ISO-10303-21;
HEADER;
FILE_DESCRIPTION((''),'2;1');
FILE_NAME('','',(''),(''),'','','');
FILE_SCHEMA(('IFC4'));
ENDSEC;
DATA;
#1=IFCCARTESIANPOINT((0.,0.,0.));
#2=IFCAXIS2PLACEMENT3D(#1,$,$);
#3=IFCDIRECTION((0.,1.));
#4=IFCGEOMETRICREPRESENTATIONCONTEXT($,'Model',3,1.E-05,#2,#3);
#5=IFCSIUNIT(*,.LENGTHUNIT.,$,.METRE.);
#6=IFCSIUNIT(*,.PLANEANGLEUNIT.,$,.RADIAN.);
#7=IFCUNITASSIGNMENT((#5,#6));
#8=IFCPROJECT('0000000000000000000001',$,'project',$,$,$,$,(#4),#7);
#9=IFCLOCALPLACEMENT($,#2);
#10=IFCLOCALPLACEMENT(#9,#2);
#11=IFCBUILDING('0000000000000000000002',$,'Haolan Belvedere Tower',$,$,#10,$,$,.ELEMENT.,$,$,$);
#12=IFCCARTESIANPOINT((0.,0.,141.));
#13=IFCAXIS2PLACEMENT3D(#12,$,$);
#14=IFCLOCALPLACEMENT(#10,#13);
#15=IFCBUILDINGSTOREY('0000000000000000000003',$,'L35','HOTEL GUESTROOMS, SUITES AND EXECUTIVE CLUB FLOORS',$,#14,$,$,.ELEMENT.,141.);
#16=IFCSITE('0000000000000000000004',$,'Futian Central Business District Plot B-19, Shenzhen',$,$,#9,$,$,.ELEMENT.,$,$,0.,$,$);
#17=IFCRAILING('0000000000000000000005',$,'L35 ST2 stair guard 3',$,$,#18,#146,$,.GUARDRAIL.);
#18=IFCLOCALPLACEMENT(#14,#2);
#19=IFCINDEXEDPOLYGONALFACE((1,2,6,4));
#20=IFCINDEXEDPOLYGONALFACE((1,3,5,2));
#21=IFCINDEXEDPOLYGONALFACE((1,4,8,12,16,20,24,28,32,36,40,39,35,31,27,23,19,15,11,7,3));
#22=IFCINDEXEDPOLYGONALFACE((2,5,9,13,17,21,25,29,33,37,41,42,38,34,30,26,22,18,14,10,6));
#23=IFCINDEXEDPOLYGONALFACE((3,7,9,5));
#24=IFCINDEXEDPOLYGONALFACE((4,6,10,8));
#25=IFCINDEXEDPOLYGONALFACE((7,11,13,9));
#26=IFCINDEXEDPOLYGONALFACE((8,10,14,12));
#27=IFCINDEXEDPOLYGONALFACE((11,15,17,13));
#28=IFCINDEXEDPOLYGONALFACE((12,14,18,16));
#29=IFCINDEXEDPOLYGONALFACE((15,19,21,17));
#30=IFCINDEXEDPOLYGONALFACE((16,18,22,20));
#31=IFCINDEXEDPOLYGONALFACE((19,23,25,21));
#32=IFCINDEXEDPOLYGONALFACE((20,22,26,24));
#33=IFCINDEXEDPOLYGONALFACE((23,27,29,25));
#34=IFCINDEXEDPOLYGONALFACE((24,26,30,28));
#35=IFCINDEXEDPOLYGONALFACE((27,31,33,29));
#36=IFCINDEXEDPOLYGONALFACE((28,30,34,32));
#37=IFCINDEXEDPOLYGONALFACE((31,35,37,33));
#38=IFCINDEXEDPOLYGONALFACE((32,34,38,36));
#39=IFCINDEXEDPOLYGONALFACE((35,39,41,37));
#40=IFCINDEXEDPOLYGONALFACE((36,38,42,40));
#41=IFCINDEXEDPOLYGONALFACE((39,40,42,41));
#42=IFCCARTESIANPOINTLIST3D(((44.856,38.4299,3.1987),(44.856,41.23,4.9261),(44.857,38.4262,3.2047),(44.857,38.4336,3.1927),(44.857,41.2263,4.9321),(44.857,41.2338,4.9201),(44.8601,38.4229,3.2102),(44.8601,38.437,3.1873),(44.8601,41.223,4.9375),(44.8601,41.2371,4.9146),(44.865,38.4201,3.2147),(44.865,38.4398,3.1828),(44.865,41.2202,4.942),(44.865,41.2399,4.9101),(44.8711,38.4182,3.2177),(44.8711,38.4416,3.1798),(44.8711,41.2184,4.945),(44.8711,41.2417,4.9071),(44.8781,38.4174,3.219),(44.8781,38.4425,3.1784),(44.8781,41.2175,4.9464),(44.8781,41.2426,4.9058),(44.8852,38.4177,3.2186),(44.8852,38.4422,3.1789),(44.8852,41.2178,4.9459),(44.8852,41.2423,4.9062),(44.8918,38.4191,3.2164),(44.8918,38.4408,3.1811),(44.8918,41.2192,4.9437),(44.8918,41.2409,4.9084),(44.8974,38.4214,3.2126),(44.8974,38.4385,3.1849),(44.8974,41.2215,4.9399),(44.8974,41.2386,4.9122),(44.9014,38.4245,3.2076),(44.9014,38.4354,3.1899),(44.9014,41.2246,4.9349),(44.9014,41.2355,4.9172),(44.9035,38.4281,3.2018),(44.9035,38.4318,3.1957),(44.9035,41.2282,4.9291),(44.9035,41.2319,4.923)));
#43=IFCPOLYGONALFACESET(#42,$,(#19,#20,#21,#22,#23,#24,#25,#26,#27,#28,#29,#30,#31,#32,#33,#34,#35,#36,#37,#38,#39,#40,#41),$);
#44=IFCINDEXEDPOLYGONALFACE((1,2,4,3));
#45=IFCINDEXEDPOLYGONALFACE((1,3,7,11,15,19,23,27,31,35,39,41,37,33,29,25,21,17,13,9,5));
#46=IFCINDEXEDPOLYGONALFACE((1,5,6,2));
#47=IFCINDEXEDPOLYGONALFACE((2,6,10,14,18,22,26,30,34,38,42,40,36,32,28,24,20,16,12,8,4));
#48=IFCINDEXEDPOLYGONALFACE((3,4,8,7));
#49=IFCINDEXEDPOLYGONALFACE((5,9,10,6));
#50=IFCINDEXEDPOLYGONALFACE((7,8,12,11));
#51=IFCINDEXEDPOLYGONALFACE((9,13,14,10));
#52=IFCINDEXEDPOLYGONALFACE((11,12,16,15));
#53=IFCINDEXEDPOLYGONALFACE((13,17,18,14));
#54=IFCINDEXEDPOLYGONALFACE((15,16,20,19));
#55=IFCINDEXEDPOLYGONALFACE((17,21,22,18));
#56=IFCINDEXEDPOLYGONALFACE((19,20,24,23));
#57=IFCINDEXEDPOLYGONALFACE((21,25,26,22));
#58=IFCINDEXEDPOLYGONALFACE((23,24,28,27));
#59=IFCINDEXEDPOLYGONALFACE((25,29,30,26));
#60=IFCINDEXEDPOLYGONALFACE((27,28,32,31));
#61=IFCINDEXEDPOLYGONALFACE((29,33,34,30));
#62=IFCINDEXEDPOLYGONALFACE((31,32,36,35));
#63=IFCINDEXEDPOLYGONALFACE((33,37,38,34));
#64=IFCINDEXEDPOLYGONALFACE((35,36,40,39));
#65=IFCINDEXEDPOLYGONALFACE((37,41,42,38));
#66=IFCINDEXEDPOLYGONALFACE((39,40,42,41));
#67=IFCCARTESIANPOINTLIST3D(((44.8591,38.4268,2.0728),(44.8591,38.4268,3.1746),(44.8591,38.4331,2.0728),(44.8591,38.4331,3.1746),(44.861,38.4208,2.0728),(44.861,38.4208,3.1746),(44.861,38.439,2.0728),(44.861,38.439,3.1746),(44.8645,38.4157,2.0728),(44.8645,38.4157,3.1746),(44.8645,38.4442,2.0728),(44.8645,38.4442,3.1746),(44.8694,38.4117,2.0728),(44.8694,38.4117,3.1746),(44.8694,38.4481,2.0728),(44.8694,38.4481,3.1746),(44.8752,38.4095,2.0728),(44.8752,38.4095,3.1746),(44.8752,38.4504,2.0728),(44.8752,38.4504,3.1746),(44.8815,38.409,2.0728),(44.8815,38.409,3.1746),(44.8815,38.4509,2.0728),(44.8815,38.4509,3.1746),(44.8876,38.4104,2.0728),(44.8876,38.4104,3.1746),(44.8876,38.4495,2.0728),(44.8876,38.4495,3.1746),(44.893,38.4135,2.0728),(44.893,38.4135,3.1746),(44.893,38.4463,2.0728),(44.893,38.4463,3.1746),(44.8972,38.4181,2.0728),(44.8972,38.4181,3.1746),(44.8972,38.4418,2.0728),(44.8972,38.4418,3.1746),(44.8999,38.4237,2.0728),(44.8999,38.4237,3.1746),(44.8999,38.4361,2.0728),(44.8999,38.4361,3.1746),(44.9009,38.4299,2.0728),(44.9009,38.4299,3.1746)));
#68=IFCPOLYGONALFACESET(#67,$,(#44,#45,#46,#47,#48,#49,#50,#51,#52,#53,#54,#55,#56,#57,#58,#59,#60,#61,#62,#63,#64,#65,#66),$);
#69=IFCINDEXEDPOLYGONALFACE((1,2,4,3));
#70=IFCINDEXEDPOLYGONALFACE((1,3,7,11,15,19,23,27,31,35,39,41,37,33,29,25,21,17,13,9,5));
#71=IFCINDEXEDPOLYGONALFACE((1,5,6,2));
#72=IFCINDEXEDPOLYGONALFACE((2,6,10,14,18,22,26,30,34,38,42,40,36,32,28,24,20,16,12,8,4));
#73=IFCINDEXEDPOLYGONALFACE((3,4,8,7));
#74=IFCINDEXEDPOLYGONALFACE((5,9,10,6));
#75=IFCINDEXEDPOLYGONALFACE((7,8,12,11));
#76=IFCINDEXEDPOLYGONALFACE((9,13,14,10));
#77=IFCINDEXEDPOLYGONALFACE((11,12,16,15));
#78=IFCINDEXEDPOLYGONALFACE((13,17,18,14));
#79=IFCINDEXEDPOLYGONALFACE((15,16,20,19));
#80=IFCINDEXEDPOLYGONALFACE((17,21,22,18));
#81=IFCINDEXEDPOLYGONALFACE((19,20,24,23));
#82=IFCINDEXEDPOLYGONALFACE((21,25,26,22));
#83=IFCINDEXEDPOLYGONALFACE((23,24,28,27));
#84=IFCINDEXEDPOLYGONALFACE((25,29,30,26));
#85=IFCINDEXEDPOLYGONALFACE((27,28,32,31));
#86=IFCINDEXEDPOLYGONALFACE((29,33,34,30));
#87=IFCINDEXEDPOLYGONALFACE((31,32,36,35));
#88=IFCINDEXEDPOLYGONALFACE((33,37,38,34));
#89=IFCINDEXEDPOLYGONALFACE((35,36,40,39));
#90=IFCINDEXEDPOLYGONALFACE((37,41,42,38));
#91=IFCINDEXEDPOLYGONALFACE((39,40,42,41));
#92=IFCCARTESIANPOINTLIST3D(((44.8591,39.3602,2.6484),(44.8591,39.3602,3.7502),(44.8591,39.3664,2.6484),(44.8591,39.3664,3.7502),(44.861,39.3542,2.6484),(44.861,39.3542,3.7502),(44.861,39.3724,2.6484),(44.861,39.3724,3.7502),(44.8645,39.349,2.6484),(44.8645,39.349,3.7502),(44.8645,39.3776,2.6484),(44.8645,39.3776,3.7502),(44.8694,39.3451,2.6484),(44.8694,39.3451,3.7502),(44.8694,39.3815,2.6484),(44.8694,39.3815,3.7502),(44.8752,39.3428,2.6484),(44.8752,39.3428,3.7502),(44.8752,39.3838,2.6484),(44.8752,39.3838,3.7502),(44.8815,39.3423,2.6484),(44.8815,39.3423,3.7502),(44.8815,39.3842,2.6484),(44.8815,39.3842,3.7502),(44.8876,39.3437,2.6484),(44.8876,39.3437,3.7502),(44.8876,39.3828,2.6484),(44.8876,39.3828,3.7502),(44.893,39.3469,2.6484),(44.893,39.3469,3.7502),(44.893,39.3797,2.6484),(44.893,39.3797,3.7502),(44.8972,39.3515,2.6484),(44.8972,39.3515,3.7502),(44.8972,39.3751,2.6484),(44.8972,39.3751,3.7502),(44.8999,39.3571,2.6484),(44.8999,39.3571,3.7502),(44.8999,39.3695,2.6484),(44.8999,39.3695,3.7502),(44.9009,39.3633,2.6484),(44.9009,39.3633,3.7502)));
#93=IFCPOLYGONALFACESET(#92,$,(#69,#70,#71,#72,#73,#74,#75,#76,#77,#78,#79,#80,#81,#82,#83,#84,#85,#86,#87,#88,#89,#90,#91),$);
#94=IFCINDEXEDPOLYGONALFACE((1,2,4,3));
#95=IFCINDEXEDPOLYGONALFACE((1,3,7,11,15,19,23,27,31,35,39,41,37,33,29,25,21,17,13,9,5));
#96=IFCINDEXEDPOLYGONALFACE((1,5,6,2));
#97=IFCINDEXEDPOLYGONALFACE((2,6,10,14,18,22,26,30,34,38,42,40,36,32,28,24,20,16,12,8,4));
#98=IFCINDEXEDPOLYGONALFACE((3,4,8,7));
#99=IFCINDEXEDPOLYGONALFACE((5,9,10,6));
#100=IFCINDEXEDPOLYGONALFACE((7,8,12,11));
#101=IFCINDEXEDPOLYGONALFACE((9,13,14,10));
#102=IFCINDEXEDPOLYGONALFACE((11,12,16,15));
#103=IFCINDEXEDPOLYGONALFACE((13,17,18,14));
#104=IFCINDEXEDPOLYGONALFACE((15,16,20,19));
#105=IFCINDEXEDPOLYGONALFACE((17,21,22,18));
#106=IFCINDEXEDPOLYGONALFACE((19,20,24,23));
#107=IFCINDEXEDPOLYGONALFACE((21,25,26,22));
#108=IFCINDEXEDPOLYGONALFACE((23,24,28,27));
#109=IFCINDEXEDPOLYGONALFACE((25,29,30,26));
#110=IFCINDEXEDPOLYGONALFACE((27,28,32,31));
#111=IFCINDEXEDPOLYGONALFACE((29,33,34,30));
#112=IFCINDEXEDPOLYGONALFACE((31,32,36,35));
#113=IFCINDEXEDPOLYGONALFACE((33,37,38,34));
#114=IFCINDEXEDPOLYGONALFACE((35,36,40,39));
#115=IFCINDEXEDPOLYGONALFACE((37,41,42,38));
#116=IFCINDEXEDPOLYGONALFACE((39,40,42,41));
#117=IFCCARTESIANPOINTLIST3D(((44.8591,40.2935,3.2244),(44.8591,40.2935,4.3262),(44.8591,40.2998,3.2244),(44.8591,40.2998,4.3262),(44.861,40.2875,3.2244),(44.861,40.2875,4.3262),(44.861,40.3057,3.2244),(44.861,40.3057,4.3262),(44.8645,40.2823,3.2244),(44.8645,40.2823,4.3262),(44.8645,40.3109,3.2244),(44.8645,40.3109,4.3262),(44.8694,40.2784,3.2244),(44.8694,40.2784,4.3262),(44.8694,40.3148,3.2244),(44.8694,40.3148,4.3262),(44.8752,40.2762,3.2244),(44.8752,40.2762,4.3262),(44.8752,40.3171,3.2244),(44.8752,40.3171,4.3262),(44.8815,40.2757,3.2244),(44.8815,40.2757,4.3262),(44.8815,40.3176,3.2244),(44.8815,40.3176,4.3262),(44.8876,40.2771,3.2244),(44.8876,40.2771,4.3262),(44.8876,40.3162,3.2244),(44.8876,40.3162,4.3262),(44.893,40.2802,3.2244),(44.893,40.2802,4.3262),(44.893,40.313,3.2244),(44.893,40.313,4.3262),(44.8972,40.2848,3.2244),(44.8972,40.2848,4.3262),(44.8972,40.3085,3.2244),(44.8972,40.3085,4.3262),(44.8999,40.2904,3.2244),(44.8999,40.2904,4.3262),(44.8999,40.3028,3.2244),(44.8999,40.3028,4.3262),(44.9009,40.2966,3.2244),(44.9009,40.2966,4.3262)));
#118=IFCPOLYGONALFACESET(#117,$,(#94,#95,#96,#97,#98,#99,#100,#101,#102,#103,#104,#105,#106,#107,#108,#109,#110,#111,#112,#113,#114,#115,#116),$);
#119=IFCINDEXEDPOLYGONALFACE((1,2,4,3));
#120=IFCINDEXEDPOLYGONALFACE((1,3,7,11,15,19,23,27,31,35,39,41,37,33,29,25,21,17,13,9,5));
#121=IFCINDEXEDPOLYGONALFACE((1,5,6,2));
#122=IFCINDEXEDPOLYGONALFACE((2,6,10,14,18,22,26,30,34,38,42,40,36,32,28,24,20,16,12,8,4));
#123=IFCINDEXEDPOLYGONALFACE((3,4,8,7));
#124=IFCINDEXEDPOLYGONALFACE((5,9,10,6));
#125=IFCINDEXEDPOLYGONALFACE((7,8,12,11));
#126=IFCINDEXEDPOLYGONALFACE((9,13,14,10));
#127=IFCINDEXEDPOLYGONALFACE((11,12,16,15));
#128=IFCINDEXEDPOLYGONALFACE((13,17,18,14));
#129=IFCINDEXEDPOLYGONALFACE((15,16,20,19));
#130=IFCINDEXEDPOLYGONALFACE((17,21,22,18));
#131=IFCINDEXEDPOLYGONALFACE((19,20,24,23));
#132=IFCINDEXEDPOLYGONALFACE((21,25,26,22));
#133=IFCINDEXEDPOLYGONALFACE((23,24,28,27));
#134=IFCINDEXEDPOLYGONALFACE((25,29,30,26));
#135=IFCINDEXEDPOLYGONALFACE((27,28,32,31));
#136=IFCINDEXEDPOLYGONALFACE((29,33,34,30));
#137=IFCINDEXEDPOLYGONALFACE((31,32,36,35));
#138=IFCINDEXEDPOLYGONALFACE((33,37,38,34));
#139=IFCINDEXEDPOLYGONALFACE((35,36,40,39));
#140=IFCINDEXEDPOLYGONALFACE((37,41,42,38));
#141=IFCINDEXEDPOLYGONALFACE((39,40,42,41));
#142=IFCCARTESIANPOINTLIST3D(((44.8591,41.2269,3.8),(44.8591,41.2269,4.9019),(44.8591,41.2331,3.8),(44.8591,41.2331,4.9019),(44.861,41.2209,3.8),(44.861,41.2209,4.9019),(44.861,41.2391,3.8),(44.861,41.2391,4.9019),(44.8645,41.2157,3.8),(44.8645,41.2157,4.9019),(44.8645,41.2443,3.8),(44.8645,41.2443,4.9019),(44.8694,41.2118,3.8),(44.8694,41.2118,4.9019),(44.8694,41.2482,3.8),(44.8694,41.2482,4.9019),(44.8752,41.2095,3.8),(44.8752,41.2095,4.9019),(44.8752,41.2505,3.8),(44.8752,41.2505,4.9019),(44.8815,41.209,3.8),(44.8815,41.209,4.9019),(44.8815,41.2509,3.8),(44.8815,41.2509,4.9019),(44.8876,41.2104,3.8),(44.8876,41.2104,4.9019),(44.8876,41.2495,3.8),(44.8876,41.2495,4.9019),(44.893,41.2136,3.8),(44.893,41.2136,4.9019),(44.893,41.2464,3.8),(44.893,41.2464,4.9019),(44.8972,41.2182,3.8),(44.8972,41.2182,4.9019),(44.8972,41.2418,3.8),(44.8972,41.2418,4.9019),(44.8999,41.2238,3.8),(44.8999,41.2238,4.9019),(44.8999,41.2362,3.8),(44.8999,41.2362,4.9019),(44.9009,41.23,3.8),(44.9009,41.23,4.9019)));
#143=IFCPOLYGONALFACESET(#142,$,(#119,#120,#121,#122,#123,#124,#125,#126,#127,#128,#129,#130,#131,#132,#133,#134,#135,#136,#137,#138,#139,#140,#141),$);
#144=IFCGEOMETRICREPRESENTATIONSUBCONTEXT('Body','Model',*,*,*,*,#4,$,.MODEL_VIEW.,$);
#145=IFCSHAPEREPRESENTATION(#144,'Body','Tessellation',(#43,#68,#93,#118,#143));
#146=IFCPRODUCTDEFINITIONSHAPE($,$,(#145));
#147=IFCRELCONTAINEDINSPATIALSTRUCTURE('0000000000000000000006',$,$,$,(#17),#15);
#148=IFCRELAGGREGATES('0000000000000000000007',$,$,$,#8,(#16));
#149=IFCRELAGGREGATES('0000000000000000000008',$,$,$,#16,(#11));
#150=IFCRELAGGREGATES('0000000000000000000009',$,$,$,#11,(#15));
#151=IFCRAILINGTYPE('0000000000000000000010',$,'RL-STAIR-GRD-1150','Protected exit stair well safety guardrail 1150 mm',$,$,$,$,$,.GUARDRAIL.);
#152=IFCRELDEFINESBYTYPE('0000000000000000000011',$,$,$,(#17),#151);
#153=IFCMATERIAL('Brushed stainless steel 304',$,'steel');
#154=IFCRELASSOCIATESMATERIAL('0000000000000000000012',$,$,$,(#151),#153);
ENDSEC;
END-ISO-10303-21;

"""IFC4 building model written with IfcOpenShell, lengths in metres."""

from ifc_helpers import new_model, si_unit, direction, frame, origin, origin_2d, place, context, subcontext, project, spatial, circle, extrude, material, type_object, element, save


model = new_model("IFC4")

# Units and contexts
model_context = context("Model", 3, precision=1e-05, world=origin(), true_north=direction((0.0, 1.0)))
body_context = subcontext(model_context, "Body", "Model", "MODEL_VIEW")
ifc_project = project(units=[si_unit("LENGTHUNIT", "METRE"), si_unit("PLANEANGLEUNIT", "RADIAN")], contexts=[model_context])

# Site, building, storey
site_placement = place(None, origin())
site = spatial("IfcSite", under=ifc_project, at=site_placement, Name="Futian Central Business District Plot B-19, Shenzhen", CompositionType="ELEMENT", RefElevation=0.0)
building_placement = place(site_placement, origin())
building = spatial("IfcBuilding", under=site, at=building_placement, Name="Haolan Belvedere Tower", CompositionType="ELEMENT")
storey_placement = place(building_placement, frame((0.0, 0.0, 141.0)))
storey = spatial("IfcBuildingStorey", under=building, at=storey_placement, Name="L35", Description="HOTEL GUESTROOMS, SUITES AND EXECUTIVE CLUB FLOORS", CompositionType="ELEMENT", Elevation=141.0)

# Railing
ifc_material_1 = material(Name="Brushed stainless steel 304", Category="steel")
railing_type_1 = type_object("IfcRailingType", Name="RL-STAIR-GRD-1150", Description="Protected exit stair well safety guardrail 1150 mm", PredefinedType="GUARDRAIL", material=ifc_material_1)
railing_1_placement = place(storey_placement, frame((44.8799, 38.4299, 2.0728)))
element("IfcRailing", 1, at=railing_1_placement, inside=storey, type_object=railing_type_1, Name="L35 ST2 stair guard 3", PredefinedType="GUARDRAIL", context=body_context, shape_type="SweptSolid", body=[
    extrude(circle(Radius=0.0239, at=origin_2d()), frame((0.0, 0.0, 1.126), z_axis=(0.0, 0.85109, 0.52502), x_axis=(-1.0, 0.0, 0.0)), (0.0, 0.0, 1.0), 3.29),
    extrude(circle(Radius=0.021, at=origin_2d()), origin(), (0.0, 0.0, 1.0), 1.1018),
    extrude(circle(Radius=0.021, at=origin_2d()), frame((0.0, 0.9333, 0.5757)), (0.0, 0.0, 1.0), 1.1018),
    extrude(circle(Radius=0.021, at=origin_2d()), frame((0.0, 1.8667, 1.1516)), (0.0, 0.0, 1.0), 1.1018),
    extrude(circle(Radius=0.021, at=origin_2d()), frame((0.0, 2.8, 1.7273)), (0.0, 0.0, 1.0), 1.1018),
])

save(model, "model.ifc")
